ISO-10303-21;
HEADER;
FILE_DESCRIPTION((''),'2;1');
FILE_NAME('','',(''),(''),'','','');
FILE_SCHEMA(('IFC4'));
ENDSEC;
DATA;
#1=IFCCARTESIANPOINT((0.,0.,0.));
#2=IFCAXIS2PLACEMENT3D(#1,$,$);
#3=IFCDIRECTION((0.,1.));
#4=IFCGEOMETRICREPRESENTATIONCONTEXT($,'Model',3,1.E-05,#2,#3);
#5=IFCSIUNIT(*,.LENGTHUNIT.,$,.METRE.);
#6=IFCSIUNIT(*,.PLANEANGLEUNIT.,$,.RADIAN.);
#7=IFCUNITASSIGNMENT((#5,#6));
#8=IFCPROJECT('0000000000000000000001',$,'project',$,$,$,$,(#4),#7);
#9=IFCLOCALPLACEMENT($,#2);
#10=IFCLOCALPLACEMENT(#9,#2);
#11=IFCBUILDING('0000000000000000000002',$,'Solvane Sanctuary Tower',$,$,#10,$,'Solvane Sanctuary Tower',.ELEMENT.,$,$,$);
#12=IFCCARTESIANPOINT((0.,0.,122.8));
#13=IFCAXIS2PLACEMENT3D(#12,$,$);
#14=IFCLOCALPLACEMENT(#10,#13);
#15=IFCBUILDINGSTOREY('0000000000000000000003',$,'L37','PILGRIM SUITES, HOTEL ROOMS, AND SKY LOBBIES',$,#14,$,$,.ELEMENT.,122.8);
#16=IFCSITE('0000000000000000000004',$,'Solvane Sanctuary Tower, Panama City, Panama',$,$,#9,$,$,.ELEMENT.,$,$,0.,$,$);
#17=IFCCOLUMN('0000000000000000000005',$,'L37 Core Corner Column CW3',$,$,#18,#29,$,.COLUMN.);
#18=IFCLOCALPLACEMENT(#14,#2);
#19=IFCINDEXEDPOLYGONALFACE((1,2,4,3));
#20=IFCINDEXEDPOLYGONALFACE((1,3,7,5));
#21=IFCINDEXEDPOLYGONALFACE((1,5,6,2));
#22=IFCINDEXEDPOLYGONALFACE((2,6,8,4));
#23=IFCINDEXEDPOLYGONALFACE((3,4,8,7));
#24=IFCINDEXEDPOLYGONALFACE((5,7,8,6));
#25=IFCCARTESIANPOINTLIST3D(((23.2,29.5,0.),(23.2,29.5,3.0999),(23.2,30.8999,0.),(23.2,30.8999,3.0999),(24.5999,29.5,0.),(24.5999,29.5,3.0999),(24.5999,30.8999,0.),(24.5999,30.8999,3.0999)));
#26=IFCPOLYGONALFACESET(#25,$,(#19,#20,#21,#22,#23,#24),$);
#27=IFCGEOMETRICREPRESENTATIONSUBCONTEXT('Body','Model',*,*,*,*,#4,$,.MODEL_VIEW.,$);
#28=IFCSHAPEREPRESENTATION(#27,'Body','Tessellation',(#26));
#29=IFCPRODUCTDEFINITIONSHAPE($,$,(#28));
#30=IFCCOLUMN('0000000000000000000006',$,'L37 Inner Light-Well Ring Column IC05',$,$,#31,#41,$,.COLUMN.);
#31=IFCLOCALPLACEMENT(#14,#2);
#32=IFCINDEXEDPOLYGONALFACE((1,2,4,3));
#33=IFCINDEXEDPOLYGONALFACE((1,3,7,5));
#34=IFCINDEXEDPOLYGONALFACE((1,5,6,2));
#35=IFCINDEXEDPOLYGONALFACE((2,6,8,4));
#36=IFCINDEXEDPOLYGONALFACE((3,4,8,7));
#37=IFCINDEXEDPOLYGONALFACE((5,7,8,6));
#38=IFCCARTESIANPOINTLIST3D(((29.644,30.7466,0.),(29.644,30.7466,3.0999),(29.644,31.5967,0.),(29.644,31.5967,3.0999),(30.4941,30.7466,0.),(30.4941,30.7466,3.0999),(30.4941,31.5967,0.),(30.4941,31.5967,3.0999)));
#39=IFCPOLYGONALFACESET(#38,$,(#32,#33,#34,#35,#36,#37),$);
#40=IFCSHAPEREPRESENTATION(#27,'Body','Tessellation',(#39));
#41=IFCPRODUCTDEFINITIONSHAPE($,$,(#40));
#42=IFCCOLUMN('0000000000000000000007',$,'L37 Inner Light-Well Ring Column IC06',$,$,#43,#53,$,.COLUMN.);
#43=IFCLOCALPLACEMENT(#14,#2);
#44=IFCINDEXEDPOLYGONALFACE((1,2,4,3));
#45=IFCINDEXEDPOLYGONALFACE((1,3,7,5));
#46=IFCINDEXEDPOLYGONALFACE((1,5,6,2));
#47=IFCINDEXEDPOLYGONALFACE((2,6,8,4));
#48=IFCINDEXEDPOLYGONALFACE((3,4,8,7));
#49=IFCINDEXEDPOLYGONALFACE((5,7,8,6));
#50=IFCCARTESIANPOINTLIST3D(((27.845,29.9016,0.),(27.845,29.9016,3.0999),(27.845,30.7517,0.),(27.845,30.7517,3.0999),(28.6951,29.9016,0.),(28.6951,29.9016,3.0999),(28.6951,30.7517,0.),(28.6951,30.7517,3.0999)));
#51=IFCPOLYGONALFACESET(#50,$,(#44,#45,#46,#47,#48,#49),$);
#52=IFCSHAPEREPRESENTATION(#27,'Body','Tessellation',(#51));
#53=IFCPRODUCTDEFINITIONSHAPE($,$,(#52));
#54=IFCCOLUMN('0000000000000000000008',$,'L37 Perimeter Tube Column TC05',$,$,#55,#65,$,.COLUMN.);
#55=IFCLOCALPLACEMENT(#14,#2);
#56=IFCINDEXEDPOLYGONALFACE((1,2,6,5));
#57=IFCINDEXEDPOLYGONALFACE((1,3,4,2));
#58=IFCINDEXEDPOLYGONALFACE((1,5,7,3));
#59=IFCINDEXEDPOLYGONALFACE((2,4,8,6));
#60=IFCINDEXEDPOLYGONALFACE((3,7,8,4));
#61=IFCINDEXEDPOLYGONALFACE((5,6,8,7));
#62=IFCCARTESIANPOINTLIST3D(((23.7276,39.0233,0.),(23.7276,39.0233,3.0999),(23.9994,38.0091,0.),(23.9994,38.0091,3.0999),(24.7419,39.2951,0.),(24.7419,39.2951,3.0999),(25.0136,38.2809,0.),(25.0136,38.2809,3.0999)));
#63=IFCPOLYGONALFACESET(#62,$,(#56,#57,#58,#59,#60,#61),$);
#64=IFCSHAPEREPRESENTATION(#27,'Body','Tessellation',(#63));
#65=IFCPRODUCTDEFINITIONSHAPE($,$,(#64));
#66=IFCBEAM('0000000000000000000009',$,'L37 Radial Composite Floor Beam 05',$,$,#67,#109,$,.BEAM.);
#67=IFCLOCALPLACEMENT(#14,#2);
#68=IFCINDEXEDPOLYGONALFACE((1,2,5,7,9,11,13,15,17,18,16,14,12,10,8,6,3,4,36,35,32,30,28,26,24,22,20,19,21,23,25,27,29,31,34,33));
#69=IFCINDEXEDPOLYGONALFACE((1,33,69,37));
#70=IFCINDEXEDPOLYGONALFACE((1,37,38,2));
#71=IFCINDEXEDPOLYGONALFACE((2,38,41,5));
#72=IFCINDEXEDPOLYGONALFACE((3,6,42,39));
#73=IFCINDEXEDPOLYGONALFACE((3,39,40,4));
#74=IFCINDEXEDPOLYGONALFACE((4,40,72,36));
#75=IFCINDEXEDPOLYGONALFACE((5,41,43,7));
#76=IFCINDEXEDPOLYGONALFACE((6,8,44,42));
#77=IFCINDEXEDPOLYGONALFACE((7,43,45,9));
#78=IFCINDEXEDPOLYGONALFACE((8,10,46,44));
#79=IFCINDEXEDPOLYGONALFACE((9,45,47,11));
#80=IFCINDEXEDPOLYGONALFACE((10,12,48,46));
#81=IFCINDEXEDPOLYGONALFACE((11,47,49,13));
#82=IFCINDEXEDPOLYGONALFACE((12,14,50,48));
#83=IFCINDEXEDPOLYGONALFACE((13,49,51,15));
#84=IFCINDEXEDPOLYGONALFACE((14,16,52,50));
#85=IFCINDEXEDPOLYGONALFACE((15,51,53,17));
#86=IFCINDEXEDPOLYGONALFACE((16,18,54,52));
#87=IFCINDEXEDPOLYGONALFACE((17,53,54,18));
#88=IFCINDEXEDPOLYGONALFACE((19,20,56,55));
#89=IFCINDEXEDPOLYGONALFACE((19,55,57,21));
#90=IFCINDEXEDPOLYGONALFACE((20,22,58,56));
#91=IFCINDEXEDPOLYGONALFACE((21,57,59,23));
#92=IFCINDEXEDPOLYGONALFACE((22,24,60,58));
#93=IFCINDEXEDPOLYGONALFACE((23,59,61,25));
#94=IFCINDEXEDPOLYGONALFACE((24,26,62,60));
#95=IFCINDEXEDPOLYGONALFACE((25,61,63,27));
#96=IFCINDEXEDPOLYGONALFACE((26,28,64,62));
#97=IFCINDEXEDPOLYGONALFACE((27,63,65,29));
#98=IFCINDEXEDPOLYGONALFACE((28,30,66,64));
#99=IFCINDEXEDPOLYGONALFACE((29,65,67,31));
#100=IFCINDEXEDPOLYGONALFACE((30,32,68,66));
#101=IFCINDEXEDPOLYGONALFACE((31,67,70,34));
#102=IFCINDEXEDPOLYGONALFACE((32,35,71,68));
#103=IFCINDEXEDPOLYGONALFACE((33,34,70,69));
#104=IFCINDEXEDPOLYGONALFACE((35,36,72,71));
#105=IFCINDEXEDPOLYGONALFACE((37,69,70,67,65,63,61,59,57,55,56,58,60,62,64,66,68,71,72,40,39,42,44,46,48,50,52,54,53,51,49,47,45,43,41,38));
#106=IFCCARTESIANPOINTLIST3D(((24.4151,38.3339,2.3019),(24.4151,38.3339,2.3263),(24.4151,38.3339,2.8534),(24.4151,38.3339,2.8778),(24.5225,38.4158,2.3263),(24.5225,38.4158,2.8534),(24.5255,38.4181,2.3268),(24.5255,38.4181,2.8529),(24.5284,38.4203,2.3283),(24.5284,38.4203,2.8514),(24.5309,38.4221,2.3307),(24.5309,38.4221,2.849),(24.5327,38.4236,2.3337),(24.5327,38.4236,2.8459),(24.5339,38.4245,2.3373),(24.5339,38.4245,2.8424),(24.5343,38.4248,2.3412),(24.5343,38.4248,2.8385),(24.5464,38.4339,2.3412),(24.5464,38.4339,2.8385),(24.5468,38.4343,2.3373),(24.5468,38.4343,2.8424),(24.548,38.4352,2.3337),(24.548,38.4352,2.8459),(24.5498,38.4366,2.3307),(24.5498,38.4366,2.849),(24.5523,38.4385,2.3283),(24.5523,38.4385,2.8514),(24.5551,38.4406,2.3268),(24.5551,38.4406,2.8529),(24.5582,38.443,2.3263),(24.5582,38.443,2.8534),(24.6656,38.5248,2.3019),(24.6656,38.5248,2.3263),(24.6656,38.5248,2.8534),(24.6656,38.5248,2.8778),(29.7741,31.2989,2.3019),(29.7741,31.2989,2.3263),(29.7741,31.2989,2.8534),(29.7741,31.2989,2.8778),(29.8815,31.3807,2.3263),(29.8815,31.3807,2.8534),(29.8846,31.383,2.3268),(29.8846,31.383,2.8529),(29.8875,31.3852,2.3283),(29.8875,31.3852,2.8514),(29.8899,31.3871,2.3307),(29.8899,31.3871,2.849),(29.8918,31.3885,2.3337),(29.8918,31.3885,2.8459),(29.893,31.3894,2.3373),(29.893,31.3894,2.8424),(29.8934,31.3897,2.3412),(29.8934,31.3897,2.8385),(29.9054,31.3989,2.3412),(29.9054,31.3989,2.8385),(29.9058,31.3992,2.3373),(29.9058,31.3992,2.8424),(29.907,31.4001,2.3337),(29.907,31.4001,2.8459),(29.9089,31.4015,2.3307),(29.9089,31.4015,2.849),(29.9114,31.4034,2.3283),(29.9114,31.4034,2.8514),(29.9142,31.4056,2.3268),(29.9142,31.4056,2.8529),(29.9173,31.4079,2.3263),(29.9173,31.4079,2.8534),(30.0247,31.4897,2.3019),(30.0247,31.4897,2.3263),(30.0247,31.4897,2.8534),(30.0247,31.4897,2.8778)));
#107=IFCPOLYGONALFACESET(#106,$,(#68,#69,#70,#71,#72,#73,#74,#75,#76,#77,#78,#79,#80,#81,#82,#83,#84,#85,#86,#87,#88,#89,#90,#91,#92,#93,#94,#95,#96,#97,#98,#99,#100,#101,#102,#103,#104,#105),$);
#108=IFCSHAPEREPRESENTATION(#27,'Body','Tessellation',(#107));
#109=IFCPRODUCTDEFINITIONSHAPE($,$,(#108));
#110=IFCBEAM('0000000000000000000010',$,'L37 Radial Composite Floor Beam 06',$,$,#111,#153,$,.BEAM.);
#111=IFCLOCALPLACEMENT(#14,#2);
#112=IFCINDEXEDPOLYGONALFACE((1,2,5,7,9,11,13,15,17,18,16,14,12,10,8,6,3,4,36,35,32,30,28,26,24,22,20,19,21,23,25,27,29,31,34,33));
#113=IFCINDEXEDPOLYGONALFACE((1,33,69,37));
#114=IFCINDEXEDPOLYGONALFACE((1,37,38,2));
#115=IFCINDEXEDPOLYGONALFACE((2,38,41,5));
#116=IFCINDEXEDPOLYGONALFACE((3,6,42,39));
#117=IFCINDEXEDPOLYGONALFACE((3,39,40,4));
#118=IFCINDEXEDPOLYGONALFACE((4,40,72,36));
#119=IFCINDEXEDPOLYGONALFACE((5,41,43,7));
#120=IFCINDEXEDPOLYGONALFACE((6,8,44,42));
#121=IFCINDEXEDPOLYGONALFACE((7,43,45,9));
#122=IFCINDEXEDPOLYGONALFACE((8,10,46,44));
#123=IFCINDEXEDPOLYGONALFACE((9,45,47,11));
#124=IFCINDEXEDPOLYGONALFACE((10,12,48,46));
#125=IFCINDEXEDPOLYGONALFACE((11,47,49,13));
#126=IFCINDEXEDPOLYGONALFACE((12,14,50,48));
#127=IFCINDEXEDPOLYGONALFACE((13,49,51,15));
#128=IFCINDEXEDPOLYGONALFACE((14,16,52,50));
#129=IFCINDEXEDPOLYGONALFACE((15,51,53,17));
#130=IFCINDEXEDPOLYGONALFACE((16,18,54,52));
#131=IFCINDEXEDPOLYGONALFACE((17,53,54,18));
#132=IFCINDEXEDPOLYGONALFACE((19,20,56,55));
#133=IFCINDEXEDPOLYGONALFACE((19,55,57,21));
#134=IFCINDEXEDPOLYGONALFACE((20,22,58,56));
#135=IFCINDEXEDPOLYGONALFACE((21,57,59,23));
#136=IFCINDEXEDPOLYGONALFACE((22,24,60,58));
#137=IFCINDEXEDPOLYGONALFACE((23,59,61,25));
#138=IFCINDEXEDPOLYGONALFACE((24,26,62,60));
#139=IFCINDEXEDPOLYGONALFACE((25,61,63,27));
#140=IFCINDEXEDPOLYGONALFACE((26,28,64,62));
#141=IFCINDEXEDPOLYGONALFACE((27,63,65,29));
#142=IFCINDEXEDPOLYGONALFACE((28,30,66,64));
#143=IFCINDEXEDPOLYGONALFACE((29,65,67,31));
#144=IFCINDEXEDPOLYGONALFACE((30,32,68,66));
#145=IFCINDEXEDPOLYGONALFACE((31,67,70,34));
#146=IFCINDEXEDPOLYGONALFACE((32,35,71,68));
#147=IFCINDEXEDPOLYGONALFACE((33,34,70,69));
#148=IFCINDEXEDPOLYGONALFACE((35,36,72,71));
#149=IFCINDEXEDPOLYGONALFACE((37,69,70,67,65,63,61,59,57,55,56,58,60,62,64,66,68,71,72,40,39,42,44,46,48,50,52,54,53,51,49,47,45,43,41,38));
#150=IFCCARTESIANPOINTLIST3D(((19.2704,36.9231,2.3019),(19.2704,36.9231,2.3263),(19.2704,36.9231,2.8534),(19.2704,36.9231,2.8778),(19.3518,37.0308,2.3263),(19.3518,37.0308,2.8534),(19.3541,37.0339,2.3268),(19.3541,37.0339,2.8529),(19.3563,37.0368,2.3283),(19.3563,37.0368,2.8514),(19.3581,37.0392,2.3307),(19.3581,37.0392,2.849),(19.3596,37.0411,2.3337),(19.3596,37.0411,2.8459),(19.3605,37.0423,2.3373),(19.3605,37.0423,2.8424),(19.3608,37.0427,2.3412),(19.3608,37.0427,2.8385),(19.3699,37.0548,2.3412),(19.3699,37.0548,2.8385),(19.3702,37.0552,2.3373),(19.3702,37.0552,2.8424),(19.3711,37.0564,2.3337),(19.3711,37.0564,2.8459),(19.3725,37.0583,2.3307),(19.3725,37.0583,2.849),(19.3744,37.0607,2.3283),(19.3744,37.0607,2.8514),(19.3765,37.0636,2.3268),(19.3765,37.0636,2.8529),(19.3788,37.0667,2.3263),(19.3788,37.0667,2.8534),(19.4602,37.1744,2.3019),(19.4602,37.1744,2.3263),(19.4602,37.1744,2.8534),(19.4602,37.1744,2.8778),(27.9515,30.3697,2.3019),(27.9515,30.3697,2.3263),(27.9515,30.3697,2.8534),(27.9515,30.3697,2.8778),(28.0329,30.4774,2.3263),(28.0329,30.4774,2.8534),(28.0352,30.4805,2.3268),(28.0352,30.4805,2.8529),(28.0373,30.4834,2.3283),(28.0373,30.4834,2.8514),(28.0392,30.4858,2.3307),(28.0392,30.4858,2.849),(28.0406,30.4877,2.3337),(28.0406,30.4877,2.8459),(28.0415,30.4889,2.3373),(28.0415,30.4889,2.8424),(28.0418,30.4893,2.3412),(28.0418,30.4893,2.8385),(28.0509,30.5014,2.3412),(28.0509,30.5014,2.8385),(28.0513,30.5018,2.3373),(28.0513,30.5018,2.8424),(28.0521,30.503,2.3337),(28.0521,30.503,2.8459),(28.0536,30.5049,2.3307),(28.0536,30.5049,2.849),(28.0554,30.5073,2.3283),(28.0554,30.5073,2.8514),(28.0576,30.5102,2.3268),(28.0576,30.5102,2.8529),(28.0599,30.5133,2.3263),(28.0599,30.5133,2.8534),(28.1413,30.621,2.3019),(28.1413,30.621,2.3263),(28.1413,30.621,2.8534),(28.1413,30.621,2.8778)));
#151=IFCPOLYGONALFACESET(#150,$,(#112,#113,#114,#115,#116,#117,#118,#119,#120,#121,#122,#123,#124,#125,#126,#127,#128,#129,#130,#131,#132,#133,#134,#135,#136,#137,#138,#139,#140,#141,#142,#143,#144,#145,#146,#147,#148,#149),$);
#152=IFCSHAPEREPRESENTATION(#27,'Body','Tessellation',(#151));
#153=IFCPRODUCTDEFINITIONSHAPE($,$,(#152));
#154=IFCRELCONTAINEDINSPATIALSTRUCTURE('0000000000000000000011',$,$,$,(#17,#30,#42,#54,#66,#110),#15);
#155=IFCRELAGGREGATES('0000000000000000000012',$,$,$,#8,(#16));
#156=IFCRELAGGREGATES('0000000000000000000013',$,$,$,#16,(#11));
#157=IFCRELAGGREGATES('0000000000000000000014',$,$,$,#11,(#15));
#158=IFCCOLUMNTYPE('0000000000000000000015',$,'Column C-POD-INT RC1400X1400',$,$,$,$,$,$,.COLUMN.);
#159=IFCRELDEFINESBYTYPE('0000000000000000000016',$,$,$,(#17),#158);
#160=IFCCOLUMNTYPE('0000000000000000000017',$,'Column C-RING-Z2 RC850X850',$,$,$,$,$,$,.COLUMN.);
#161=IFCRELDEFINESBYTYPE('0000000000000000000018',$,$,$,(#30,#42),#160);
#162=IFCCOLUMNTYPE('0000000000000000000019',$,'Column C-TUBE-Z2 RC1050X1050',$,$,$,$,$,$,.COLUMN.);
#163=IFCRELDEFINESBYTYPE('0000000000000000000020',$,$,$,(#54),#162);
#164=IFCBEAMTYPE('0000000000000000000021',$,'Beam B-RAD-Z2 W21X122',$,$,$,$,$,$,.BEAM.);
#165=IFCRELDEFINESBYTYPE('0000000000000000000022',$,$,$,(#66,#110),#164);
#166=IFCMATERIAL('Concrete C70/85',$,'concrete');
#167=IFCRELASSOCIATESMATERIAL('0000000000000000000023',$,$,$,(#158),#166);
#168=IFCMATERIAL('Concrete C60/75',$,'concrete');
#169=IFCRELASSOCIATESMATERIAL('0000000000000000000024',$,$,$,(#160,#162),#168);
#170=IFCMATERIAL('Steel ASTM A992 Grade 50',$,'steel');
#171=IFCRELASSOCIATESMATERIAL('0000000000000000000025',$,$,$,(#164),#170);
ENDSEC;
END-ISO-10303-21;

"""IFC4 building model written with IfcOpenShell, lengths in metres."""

from ifc_helpers import new_model, si_unit, direction, frame, origin, origin_2d, place, context, subcontext, project, spatial, rectangle, i_section, extrude, material, material_profile, profile_set, type_object, element, save


model = new_model("IFC4")

# Units and contexts
model_context = context("Model", 3, precision=1e-05, world=origin(), true_north=direction((0.0, 1.0)))
body_context = subcontext(model_context, "Body", "Model", "MODEL_VIEW")
ifc_project = project(units=[si_unit("LENGTHUNIT", "METRE"), si_unit("PLANEANGLEUNIT", "RADIAN")], contexts=[model_context])

# Site, building, storey
site_placement = place(None, origin())
site = spatial("IfcSite", under=ifc_project, at=site_placement, Name="Solvane Sanctuary Tower, Panama City, Panama", CompositionType="ELEMENT", RefElevation=0.0)
building_placement = place(site_placement, origin())
building = spatial("IfcBuilding", under=site, at=building_placement, Name="Solvane Sanctuary Tower", LongName="Solvane Sanctuary Tower", CompositionType="ELEMENT")
storey_placement = place(building_placement, frame((0.0, 0.0, 122.8)))
storey = spatial("IfcBuildingStorey", under=building, at=storey_placement, Name="L37", Description="PILGRIM SUITES, HOTEL ROOMS, AND SKY LOBBIES", CompositionType="ELEMENT", Elevation=122.8)

# Columns
ifc_material_1 = material(Name="Concrete C70/85", Category="concrete")
ifc_material_profile_1 = material_profile(ifc_material_1, rectangle(XDim=1.3999, YDim=1.3999, at=origin_2d()), Name="RC1400X1400")
ifc_profile_set_1 = profile_set([ifc_material_profile_1], Name="Concrete C70/85")
column_type_1 = type_object("IfcColumnType", Name="Column C-POD-INT RC1400X1400", PredefinedType="COLUMN", material=ifc_profile_set_1)
column_1_placement = place(storey_placement, frame((23.8999, 30.2, 0.0), z_axis=(0.0, 0.0, 1.0), x_axis=(1.0, 0.0, 0.0)))
element("IfcColumn", 1, at=column_1_placement, inside=storey, type_object=column_type_1, Name="L37 Core Corner Column CW3", PredefinedType="COLUMN", context=body_context, shape_type="SweptSolid", body=[
    extrude(rectangle(XDim=1.3999, YDim=1.3999, at=origin_2d()), origin(), (0.0, 0.0, 1.0), 3.0999),
])
ifc_material_2 = material(Name="Concrete C60/75", Category="concrete")
ifc_material_profile_2 = material_profile(ifc_material_2, rectangle(XDim=0.8501, YDim=0.8501, at=origin_2d()), Name="RC850X850")
ifc_profile_set_2 = profile_set([ifc_material_profile_2], Name="Concrete C60/75")
column_type_2 = type_object("IfcColumnType", Name="Column C-RING-Z2 RC850X850", PredefinedType="COLUMN", material=ifc_profile_set_2)
for number, where, z_axis, x_axis, name in (
    (2, (30.0691, 31.1716, 0.0), (0.0, 0.0, 1.0), (1.0, 0.0, 0.0), "L37 Inner Light-Well Ring Column IC05"),
    (3, (28.27, 30.3267, 0.0), (0.0, 0.0, 1.0), (1.0, 0.0, 0.0), "L37 Inner Light-Well Ring Column IC06"),
):
    element("IfcColumn", number, at=place(storey_placement, frame(where, z_axis=z_axis, x_axis=x_axis)), inside=storey, type_object=column_type_2, Name=name, PredefinedType="COLUMN", context=body_context, shape_type="SweptSolid", body=[
        extrude(rectangle(XDim=0.8501, YDim=0.8501, at=origin_2d()), origin(), (0.0, 0.0, 1.0), 3.0999),
    ])
ifc_material_profile_3 = material_profile(ifc_material_2, rectangle(XDim=1.05, YDim=1.05, at=origin_2d()), Name="RC1050X1050")
ifc_profile_set_3 = profile_set([ifc_material_profile_3], Name="Concrete C60/75")
column_type_3 = type_object("IfcColumnType", Name="Column C-TUBE-Z2 RC1050X1050", PredefinedType="COLUMN", material=ifc_profile_set_3)
column_2_placement = place(storey_placement, frame((24.3706, 38.6521, 0.0), z_axis=(0.0, 0.0, 1.0), x_axis=(-0.258819, 0.965926, 0.0)))
element("IfcColumn", 4, at=column_2_placement, inside=storey, type_object=column_type_3, Name="L37 Perimeter Tube Column TC05", PredefinedType="COLUMN", context=body_context, shape_type="SweptSolid", body=[
    extrude(rectangle(XDim=1.05, YDim=1.05, at=origin_2d()), origin(), (0.0, 0.0, 1.0), 3.0999),
])

# Beams
ifc_material_3 = material(Name="Steel ASTM A992 Grade 50", Category="steel")
ifc_material_profile_4 = material_profile(ifc_material_3, i_section(OverallWidth=0.3149, OverallDepth=0.5759, WebThickness=0.0151, FlangeThickness=0.0244, FilletRadius=0.0149, at=origin_2d()), Name="W21X122")
ifc_profile_set_4 = profile_set([ifc_material_profile_4], Name="Steel ASTM A992 Grade 50")
beam_type_1 = type_object("IfcBeamType", Name="Beam B-RAD-Z2 W21X122", PredefinedType="BEAM", material=ifc_profile_set_4)
beam_1_placement = place(storey_placement, frame((29.8994, 31.3943, 2.5898), z_axis=(-0.605973, 0.795486, 0.0), x_axis=(-0.795486, -0.605973, 0.0)))
element("IfcBeam", 5, at=beam_1_placement, inside=storey, type_object=beam_type_1, Name="L37 Radial Composite Floor Beam 05", PredefinedType="BEAM", context=body_context, shape_type="SweptSolid", body=[
    extrude(i_section(OverallWidth=0.3149, OverallDepth=0.5759, WebThickness=0.0151, FlangeThickness=0.0244, FilletRadius=0.0149, at=origin_2d()), origin(), (0.0, 0.0, 1.0), 8.8438),
])
beam_2_placement = place(storey_placement, frame((28.0464, 30.4954, 2.5898), z_axis=(-0.798116, 0.602504, 0.0), x_axis=(-0.602504, -0.798116, 0.0)))
element("IfcBeam", 6, at=beam_2_placement, inside=storey, type_object=beam_type_1, Name="L37 Radial Composite Floor Beam 06", PredefinedType="BEAM", context=body_context, shape_type="SweptSolid", body=[
    extrude(i_section(OverallWidth=0.3149, OverallDepth=0.5759, WebThickness=0.0151, FlangeThickness=0.0244, FilletRadius=0.0149, at=origin_2d()), origin(), (0.0, 0.0, 1.0), 10.877),
])

save(model, "model.ifc")
